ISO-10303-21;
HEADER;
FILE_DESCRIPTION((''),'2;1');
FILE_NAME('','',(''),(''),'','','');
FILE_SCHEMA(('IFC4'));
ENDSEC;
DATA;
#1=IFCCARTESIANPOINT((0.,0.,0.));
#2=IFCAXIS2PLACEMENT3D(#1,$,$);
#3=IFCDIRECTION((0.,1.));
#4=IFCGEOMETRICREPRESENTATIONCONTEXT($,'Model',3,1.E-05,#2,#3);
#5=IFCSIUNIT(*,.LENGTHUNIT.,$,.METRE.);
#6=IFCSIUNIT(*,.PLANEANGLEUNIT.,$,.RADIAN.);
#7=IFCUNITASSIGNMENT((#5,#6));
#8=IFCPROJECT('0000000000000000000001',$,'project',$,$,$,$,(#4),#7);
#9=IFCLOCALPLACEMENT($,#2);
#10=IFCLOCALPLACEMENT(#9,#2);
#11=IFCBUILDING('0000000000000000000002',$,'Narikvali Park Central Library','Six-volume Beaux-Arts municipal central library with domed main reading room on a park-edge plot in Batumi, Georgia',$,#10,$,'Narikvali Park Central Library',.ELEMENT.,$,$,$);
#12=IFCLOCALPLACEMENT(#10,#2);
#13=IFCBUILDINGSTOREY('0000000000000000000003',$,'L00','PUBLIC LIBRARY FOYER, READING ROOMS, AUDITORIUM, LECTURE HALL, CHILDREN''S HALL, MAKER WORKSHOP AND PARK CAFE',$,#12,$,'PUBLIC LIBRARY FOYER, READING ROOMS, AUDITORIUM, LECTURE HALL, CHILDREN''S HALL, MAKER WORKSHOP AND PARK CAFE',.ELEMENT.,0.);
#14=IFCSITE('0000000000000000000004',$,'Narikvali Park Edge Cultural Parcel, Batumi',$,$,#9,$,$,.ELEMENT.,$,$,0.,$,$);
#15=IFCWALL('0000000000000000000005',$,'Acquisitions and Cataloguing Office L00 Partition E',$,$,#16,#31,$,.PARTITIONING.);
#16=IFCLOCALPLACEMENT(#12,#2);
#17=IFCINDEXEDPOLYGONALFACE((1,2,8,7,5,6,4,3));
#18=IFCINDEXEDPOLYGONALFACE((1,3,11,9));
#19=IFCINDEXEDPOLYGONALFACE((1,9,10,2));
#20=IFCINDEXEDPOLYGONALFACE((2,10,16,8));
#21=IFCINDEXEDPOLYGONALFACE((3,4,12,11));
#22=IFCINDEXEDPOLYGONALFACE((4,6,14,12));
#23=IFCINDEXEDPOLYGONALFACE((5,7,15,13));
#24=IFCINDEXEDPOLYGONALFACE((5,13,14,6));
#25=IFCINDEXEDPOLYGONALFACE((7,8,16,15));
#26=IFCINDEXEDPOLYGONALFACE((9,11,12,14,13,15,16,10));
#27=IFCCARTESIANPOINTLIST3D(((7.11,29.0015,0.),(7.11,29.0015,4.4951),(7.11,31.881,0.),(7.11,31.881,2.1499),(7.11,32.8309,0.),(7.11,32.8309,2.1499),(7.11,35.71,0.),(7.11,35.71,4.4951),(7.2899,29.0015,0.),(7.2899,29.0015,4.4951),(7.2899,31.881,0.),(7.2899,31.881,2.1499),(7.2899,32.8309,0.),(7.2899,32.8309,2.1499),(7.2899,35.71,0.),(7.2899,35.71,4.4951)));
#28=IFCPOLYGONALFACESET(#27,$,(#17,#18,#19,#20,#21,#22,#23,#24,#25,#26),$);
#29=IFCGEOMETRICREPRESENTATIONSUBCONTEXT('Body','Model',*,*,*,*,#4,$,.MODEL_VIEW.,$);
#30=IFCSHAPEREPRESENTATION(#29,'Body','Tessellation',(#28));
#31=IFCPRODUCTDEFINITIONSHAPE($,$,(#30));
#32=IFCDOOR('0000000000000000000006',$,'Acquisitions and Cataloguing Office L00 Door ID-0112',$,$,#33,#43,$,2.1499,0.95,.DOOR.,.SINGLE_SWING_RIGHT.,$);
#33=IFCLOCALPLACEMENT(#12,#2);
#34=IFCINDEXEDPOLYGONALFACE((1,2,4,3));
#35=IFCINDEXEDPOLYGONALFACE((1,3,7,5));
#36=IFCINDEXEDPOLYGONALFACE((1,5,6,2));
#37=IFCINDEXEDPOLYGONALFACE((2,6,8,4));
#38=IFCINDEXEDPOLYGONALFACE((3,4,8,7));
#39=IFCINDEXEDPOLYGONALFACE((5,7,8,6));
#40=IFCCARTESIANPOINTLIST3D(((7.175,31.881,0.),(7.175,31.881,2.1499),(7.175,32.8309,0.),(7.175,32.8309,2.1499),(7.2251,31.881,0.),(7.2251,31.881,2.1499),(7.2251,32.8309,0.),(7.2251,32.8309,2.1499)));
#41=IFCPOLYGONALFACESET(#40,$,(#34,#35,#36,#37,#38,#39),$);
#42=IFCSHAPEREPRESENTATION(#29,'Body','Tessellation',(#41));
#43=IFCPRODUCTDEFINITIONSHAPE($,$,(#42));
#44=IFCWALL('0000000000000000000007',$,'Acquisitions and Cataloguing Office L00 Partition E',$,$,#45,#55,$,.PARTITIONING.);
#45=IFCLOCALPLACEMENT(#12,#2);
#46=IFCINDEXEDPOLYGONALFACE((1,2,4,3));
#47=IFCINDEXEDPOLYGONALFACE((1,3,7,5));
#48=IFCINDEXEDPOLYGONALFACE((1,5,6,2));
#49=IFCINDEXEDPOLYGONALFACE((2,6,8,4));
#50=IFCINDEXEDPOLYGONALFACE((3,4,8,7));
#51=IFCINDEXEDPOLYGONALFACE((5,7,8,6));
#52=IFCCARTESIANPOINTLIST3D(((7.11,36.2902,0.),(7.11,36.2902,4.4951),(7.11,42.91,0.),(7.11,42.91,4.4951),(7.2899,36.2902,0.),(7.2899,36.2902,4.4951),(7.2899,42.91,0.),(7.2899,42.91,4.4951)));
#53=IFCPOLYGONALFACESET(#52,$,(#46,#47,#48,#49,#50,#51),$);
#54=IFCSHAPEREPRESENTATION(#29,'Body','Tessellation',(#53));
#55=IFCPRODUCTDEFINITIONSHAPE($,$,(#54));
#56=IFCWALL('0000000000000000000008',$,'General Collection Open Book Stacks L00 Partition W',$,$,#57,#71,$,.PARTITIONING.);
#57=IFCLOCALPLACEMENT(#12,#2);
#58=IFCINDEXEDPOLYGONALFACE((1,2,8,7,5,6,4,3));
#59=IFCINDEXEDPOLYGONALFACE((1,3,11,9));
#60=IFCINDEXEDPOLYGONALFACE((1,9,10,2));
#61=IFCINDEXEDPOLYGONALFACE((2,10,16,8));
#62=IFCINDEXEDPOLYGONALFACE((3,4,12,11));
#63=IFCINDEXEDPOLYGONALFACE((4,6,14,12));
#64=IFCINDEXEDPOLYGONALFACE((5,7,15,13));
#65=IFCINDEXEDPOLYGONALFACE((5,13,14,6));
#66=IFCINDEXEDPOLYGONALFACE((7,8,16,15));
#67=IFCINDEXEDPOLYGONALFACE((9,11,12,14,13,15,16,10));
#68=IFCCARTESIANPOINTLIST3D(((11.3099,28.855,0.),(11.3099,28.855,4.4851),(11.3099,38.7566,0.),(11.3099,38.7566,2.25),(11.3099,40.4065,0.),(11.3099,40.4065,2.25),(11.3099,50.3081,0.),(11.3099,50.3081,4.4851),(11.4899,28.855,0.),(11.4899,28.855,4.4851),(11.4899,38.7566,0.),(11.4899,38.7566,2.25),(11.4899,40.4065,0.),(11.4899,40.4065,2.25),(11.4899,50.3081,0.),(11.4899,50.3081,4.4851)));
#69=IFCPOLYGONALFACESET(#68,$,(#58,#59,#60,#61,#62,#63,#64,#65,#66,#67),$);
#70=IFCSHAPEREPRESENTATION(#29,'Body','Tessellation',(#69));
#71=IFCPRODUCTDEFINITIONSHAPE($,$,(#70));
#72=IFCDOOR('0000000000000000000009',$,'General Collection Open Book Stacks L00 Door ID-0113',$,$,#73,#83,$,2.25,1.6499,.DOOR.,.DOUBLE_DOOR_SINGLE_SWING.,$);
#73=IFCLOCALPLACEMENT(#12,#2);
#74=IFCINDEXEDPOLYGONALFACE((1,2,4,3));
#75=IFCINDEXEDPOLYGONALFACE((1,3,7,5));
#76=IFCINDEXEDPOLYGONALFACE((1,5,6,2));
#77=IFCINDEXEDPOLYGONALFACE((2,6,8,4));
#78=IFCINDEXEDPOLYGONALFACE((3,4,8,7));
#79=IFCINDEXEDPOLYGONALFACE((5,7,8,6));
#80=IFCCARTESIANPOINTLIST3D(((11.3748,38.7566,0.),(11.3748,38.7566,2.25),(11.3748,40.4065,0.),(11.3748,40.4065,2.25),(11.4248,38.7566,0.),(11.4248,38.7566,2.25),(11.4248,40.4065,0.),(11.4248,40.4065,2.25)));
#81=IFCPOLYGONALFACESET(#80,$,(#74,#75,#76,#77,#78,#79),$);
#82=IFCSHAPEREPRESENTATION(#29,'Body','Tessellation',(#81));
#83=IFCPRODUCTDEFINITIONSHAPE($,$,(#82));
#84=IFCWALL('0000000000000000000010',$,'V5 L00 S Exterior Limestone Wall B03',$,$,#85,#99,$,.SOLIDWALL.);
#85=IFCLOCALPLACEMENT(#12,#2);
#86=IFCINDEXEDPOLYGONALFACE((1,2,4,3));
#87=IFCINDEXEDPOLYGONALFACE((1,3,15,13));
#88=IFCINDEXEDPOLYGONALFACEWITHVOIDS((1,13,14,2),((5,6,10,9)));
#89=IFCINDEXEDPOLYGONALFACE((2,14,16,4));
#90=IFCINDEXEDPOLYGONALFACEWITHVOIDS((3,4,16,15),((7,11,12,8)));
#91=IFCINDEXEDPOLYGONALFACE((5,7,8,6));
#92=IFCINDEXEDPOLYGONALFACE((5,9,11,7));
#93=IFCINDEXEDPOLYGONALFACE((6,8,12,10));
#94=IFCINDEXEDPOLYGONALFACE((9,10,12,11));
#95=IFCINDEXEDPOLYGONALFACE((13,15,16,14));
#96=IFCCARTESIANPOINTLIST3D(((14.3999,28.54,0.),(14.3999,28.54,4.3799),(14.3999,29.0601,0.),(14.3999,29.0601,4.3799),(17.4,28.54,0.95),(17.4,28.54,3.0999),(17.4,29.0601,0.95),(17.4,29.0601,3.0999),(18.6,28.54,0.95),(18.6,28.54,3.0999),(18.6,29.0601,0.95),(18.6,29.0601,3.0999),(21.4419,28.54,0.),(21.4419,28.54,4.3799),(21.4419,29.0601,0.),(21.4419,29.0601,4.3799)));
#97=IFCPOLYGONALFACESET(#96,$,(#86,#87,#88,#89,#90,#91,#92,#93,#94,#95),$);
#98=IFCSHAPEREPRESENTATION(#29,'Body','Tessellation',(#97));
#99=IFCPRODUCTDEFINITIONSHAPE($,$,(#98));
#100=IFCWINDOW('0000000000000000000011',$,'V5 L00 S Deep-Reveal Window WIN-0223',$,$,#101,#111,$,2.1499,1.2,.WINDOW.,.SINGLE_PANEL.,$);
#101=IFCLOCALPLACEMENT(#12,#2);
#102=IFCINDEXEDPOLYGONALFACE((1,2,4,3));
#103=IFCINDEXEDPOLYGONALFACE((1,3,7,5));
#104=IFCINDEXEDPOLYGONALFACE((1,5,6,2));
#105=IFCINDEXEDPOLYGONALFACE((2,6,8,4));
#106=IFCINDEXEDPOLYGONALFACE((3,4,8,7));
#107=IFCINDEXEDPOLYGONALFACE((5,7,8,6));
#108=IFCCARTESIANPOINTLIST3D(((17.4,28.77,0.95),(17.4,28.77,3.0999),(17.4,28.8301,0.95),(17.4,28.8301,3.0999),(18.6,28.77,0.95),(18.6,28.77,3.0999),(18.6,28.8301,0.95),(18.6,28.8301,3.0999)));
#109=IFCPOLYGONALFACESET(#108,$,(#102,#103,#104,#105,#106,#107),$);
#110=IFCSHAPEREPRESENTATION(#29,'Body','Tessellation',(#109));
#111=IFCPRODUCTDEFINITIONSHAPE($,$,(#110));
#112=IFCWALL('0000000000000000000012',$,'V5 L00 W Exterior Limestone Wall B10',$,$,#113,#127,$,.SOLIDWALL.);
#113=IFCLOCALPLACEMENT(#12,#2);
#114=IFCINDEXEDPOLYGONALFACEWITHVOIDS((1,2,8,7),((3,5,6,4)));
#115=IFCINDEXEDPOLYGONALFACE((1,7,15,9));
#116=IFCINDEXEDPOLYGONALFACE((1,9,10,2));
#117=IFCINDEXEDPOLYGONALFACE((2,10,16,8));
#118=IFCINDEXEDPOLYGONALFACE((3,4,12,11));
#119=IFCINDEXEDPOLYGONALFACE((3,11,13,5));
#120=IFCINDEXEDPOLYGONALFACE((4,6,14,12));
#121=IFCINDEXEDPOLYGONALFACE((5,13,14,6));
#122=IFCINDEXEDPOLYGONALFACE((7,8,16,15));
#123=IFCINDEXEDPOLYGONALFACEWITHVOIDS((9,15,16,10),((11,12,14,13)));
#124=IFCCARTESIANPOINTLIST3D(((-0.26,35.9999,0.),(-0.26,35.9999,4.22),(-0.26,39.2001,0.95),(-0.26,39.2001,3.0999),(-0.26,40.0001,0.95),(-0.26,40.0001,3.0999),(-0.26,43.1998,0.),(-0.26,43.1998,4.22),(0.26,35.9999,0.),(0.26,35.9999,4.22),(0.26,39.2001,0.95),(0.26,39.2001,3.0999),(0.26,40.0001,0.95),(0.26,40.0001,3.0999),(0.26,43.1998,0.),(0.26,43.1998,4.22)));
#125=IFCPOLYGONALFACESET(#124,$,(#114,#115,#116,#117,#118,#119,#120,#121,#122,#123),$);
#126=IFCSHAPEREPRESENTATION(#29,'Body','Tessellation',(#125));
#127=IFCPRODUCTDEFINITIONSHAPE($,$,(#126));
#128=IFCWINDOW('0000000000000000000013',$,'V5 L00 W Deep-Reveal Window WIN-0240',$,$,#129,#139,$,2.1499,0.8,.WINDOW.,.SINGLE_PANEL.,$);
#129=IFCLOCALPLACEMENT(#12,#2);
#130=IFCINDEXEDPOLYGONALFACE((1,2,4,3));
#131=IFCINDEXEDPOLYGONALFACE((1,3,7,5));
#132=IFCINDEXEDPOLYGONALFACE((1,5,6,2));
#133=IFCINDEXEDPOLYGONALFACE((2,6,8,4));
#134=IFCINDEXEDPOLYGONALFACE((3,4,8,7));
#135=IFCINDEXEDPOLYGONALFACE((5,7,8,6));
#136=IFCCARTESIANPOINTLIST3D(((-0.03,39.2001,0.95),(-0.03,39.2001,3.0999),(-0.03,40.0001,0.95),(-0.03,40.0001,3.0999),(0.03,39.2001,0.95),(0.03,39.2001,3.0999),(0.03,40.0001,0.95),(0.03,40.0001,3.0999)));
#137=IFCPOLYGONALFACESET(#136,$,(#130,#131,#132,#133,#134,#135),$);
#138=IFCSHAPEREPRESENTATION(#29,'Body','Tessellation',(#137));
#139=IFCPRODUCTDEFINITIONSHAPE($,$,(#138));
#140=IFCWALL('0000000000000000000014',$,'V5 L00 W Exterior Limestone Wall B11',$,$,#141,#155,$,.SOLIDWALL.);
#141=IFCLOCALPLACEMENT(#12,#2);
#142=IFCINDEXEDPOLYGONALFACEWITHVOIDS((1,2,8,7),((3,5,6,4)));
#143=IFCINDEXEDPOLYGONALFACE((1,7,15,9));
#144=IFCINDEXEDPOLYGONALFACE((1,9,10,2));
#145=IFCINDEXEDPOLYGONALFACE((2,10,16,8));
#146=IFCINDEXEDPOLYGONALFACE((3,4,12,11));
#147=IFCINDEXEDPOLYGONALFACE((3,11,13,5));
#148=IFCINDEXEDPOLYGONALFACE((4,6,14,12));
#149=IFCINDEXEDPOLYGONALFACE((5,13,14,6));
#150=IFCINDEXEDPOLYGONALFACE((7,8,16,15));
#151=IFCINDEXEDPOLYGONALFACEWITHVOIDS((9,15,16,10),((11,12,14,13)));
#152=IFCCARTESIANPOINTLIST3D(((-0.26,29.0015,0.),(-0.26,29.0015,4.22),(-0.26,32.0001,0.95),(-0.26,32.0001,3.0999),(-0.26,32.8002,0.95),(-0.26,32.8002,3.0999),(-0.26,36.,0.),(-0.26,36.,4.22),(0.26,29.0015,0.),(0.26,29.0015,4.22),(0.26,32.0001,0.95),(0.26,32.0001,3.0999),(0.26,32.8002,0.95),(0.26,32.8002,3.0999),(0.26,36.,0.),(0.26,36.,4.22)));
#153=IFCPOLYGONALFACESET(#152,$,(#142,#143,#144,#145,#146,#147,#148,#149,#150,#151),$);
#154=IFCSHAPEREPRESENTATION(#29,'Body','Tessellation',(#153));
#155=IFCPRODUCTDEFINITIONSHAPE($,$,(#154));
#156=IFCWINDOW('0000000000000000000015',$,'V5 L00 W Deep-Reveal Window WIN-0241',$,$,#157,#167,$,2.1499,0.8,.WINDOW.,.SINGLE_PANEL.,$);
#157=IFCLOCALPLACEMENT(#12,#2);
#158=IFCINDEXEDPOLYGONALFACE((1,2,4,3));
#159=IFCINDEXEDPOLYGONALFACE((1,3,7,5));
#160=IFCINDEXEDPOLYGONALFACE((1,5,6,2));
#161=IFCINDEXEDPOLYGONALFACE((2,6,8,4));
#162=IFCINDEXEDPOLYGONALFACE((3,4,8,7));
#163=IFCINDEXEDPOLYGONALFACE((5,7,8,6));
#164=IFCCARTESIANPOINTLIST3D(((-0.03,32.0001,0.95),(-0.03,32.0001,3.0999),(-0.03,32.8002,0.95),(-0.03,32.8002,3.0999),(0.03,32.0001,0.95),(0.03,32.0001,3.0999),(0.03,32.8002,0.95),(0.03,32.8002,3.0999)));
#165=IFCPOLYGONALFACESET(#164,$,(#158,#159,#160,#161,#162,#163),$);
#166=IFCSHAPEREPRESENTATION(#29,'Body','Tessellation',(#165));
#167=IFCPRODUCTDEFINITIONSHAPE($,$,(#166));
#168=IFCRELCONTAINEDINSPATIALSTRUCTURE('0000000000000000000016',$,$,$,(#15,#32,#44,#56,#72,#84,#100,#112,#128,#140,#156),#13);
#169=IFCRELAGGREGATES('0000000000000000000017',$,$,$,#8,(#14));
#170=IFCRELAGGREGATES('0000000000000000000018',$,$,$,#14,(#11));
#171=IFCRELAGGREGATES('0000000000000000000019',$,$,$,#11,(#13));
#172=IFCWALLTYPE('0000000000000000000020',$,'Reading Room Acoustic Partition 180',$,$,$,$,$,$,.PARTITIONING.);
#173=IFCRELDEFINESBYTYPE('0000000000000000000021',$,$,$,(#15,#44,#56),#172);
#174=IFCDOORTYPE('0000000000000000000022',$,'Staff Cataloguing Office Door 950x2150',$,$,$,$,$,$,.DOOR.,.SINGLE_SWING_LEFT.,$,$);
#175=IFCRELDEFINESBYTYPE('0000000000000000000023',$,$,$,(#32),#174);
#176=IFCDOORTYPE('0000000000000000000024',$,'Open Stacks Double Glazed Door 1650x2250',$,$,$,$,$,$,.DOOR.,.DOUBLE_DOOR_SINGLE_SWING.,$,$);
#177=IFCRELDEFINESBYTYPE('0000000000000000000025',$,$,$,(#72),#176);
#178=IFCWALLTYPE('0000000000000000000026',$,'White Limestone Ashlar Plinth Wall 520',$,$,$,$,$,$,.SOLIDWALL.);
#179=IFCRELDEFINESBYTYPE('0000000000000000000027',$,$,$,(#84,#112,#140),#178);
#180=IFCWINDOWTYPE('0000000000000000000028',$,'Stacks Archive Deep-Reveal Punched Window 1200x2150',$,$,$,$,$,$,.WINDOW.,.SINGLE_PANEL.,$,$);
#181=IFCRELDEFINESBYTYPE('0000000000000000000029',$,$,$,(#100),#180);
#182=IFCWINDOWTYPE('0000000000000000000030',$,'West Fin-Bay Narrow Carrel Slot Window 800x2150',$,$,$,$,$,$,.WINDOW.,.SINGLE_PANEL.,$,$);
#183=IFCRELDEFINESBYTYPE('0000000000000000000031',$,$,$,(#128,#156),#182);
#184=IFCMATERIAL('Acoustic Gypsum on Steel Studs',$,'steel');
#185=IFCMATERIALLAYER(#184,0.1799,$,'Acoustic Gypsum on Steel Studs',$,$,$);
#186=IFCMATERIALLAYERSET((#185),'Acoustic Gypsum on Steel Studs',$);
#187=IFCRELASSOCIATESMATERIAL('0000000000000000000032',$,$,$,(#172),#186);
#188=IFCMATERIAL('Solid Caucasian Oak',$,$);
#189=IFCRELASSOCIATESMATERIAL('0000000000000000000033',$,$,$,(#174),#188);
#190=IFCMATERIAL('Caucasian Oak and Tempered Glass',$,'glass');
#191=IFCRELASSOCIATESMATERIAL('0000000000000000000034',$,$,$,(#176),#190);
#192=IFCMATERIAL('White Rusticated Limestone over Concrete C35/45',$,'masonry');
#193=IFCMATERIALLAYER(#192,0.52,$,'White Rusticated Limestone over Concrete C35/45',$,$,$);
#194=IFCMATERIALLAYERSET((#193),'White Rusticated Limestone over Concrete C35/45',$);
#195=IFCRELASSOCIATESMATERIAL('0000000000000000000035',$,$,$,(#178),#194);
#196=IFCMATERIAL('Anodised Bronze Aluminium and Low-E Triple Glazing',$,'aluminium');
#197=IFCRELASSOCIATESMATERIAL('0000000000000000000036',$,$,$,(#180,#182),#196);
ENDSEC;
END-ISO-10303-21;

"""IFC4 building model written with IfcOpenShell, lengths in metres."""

from ifc_helpers import new_model, si_unit, direction, frame, frame_2d, origin, place, context, subcontext, project, spatial, rectangle, extrude, material, layer, layer_set, type_object, element, fill, save


model = new_model("IFC4")

# Units and contexts
model_context = context("Model", 3, precision=1e-05, world=origin(), true_north=direction((0.0, 1.0)))
body_context = subcontext(model_context, "Body", "Model", "MODEL_VIEW")
ifc_project = project(units=[si_unit("LENGTHUNIT", "METRE"), si_unit("PLANEANGLEUNIT", "RADIAN")], contexts=[model_context])

# Site, building, storey
site_placement = place(None, origin())
site = spatial("IfcSite", under=ifc_project, at=site_placement, Name="Narikvali Park Edge Cultural Parcel, Batumi", CompositionType="ELEMENT", RefElevation=0.0)
building_placement = place(site_placement, origin())
building = spatial("IfcBuilding", under=site, at=building_placement, Name="Narikvali Park Central Library", Description="Six-volume Beaux-Arts municipal central library with domed main reading room on a park-edge plot in Batumi, Georgia", LongName="Narikvali Park Central Library", CompositionType="ELEMENT")
storey_placement = place(building_placement, origin())
storey = spatial("IfcBuildingStorey", under=building, at=storey_placement, Name="L00", Description="PUBLIC LIBRARY FOYER, READING ROOMS, AUDITORIUM, LECTURE HALL, CHILDREN'S HALL, MAKER WORKSHOP AND PARK CAFE", LongName="PUBLIC LIBRARY FOYER, READING ROOMS, AUDITORIUM, LECTURE HALL, CHILDREN'S HALL, MAKER WORKSHOP AND PARK CAFE", CompositionType="ELEMENT", Elevation=0.0)

# Wall, opening, door
ifc_material_1 = material(Name="Acoustic Gypsum on Steel Studs", Category="steel")
ifc_layer_1 = layer(ifc_material_1, 0.1799, Name="Acoustic Gypsum on Steel Studs")
ifc_layer_set_1 = layer_set([ifc_layer_1], Name="Acoustic Gypsum on Steel Studs")
wall_type_1 = type_object("IfcWallType", Name="Reading Room Acoustic Partition 180", PredefinedType="PARTITIONING", material=ifc_layer_set_1)
wall_1_placement = place(storey_placement, frame((7.2, 29.0015, 0.0), z_axis=(0.0, 0.0, 1.0), x_axis=(0.0, 1.0, 0.0)))
wall_1 = element("IfcWall", 1, at=wall_1_placement, inside=storey, type_object=wall_type_1, Name="Acquisitions and Cataloguing Office L00 Partition E", PredefinedType="PARTITIONING", context=body_context, shape_type="SweptSolid", body=[
    extrude(rectangle(XDim=6.7085, YDim=0.1799, at=frame_2d((3.3542, 0.0))), origin(), (0.0, 0.0, 1.0), 4.4951),
])
opening_1_placement = place(wall_1_placement, frame((2.8794, 0.0, 0.0)))
opening_1 = element("IfcOpeningElement", 2, at=opening_1_placement, cuts=wall_1, PredefinedType="OPENING", context=body_context, shape_type="SweptSolid", body=[
    extrude(rectangle(XDim=0.95, YDim=2.1499, at=frame_2d((0.4751, 1.075))), frame((0.0, 0.1021, 0.0), z_axis=(0.0, -1.0, 0.0), x_axis=(1.0, 0.0, 0.0)), (0.0, 0.0, 1.0), 0.2039),
])
ifc_material_2 = material(Name="Solid Caucasian Oak")
door_type_1 = type_object("IfcDoorType", Name="Staff Cataloguing Office Door 950x2150", OperationType="SINGLE_SWING_LEFT", PredefinedType="DOOR", material=ifc_material_2)
door_1_placement = place(opening_1_placement, origin())
door_1 = element("IfcDoor", 3, at=door_1_placement, inside=storey, type_object=door_type_1, Name="Acquisitions and Cataloguing Office L00 Door ID-0112", OperationType="SINGLE_SWING_RIGHT", OverallHeight=2.1499, OverallWidth=0.95, PredefinedType="DOOR", context=body_context, shape_type="SweptSolid", body=[
    extrude(rectangle(XDim=0.95, YDim=2.1499, at=frame_2d((0.4751, 1.075))), frame((0.0, 0.0249, 0.0), z_axis=(0.0, -1.0, 0.0), x_axis=(1.0, 0.0, 0.0)), (0.0, 0.0, 1.0), 0.05),
])
fill(opening_1, door_1)

# Wall
wall_2_placement = place(storey_placement, frame((7.2, 36.29, 0.0), z_axis=(0.0, 0.0, 1.0), x_axis=(0.0, 1.0, 0.0)))
element("IfcWall", 4, at=wall_2_placement, inside=storey, type_object=wall_type_1, Name="Acquisitions and Cataloguing Office L00 Partition E", PredefinedType="PARTITIONING", context=body_context, shape_type="SweptSolid", body=[
    extrude(rectangle(XDim=6.6199, YDim=0.1799, at=frame_2d((3.3101, 0.0))), origin(), (0.0, 0.0, 1.0), 4.4951),
])

# Wall, opening, door
wall_3_placement = place(storey_placement, frame((11.3999, 28.855, 0.0), z_axis=(0.0, 0.0, 1.0), x_axis=(0.0, 1.0, 0.0)))
wall_3 = element("IfcWall", 5, at=wall_3_placement, inside=storey, type_object=wall_type_1, Name="General Collection Open Book Stacks L00 Partition W", PredefinedType="PARTITIONING", context=body_context, shape_type="SweptSolid", body=[
    extrude(rectangle(XDim=21.4531, YDim=0.1799, at=frame_2d((10.7266, 0.0))), origin(), (0.0, 0.0, 1.0), 4.4851),
])
opening_2_placement = place(wall_3_placement, frame((9.9016, 0.0, 0.0)))
opening_2 = element("IfcOpeningElement", 6, at=opening_2_placement, cuts=wall_3, PredefinedType="OPENING", context=body_context, shape_type="SweptSolid", body=[
    extrude(rectangle(XDim=1.6499, YDim=2.25, at=frame_2d((0.825, 1.125))), frame((0.0, 0.1021, 0.0), z_axis=(0.0, -1.0, 0.0), x_axis=(1.0, 0.0, 0.0)), (0.0, 0.0, 1.0), 0.2039),
])
ifc_material_3 = material(Name="Caucasian Oak and Tempered Glass", Category="glass")
door_type_2 = type_object("IfcDoorType", Name="Open Stacks Double Glazed Door 1650x2250", OperationType="DOUBLE_DOOR_SINGLE_SWING", PredefinedType="DOOR", material=ifc_material_3)
door_2_placement = place(opening_2_placement, frame((1.6499, 0.0, 0.0), z_axis=(0.0, 0.0, 1.0), x_axis=(-1.0, 0.0, 0.0)))
door_2 = element("IfcDoor", 7, at=door_2_placement, inside=storey, type_object=door_type_2, Name="General Collection Open Book Stacks L00 Door ID-0113", OperationType="DOUBLE_DOOR_SINGLE_SWING", OverallHeight=2.25, OverallWidth=1.6499, PredefinedType="DOOR", context=body_context, shape_type="SweptSolid", body=[
    extrude(rectangle(XDim=1.6499, YDim=2.25, at=frame_2d((0.825, 1.125))), frame((0.0, 0.0249, 0.0), z_axis=(0.0, -1.0, 0.0), x_axis=(1.0, 0.0, 0.0)), (0.0, 0.0, 1.0), 0.05),
])
fill(opening_2, door_2)

# Walls, openings, windows
ifc_material_4 = material(Name="White Rusticated Limestone over Concrete C35/45", Category="masonry")
ifc_layer_2 = layer(ifc_material_4, 0.52, Name="White Rusticated Limestone over Concrete C35/45")
ifc_layer_set_2 = layer_set([ifc_layer_2], Name="White Rusticated Limestone over Concrete C35/45")
wall_type_2 = type_object("IfcWallType", Name="White Limestone Ashlar Plinth Wall 520", PredefinedType="SOLIDWALL", material=ifc_layer_set_2)
wall_4_placement = place(storey_placement, frame((14.3999, 28.8, 0.0), z_axis=(0.0, 0.0, 1.0), x_axis=(1.0, 0.0, 0.0)))
wall_4 = element("IfcWall", 8, at=wall_4_placement, inside=storey, type_object=wall_type_2, Name="V5 L00 S Exterior Limestone Wall B03", PredefinedType="SOLIDWALL", context=body_context, shape_type="SweptSolid", body=[
    extrude(rectangle(XDim=7.042, YDim=0.52, at=frame_2d((3.521, 0.0))), origin(), (0.0, 0.0, 1.0), 4.3799),
])
opening_3_placement = place(wall_4_placement, frame((3.0, 0.0, 0.95)))
opening_3 = element("IfcOpeningElement", 9, at=opening_3_placement, cuts=wall_4, PredefinedType="OPENING", context=body_context, shape_type="SweptSolid", body=[
    extrude(rectangle(XDim=1.2, YDim=2.1499, at=frame_2d((0.6001, 1.075))), frame((0.0, 0.272, 0.0), z_axis=(0.0, -1.0, 0.0), x_axis=(1.0, 0.0, 0.0)), (0.0, 0.0, 1.0), 0.5439),
])
ifc_material_5 = material(Name="Anodised Bronze Aluminium and Low-E Triple Glazing", Category="aluminium")
window_type_1 = type_object("IfcWindowType", Name="Stacks Archive Deep-Reveal Punched Window 1200x2150", PartitioningType="SINGLE_PANEL", PredefinedType="WINDOW", material=ifc_material_5)
window_1_placement = place(opening_3_placement, origin())
window_1 = element("IfcWindow", 10, at=window_1_placement, inside=storey, type_object=window_type_1, Name="V5 L00 S Deep-Reveal Window WIN-0223", OverallHeight=2.1499, OverallWidth=1.2, PartitioningType="SINGLE_PANEL", PredefinedType="WINDOW", context=body_context, shape_type="SweptSolid", body=[
    extrude(rectangle(XDim=1.2, YDim=2.1499, at=frame_2d((0.6001, 1.075))), frame((0.0, 0.03, 0.0), z_axis=(0.0, -1.0, 0.0), x_axis=(1.0, 0.0, 0.0)), (0.0, 0.0, 1.0), 0.0601),
])
fill(opening_3, window_1)
wall_5_placement = place(storey_placement, frame((0.0, 43.2, 0.0), z_axis=(0.0, 0.0, 1.0), x_axis=(0.0, -1.0, 0.0)))
wall_5 = element("IfcWall", 11, at=wall_5_placement, inside=storey, type_object=wall_type_2, Name="V5 L00 W Exterior Limestone Wall B10", PredefinedType="SOLIDWALL", context=body_context, shape_type="SweptSolid", body=[
    extrude(rectangle(XDim=7.2, YDim=0.52, at=frame_2d((3.6001, 0.0))), origin(), (0.0, 0.0, 1.0), 4.22),
])
opening_4_placement = place(wall_5_placement, frame((3.2, 0.0, 0.95)))
opening_4 = element("IfcOpeningElement", 12, at=opening_4_placement, cuts=wall_5, PredefinedType="OPENING", context=body_context, shape_type="SweptSolid", body=[
    extrude(rectangle(XDim=0.8, YDim=2.1499, at=frame_2d((0.3999, 1.075))), frame((0.0, 0.272, 0.0), z_axis=(0.0, -1.0, 0.0), x_axis=(1.0, 0.0, 0.0)), (0.0, 0.0, 1.0), 0.5439),
])
window_type_2 = type_object("IfcWindowType", Name="West Fin-Bay Narrow Carrel Slot Window 800x2150", PartitioningType="SINGLE_PANEL", PredefinedType="WINDOW", material=ifc_material_5)
window_2_placement = place(opening_4_placement, origin())
window_2 = element("IfcWindow", 13, at=window_2_placement, inside=storey, type_object=window_type_2, Name="V5 L00 W Deep-Reveal Window WIN-0240", OverallHeight=2.1499, OverallWidth=0.8, PartitioningType="SINGLE_PANEL", PredefinedType="WINDOW", context=body_context, shape_type="SweptSolid", body=[
    extrude(rectangle(XDim=0.8, YDim=2.1499, at=frame_2d((0.3999, 1.075))), frame((0.0, 0.03, 0.0), z_axis=(0.0, -1.0, 0.0), x_axis=(1.0, 0.0, 0.0)), (0.0, 0.0, 1.0), 0.0601),
])
fill(opening_4, window_2)
wall_6_placement = place(storey_placement, frame((0.0, 36.0, 0.0), z_axis=(0.0, 0.0, 1.0), x_axis=(0.0, -1.0, 0.0)))
wall_6 = element("IfcWall", 14, at=wall_6_placement, inside=storey, type_object=wall_type_2, Name="V5 L00 W Exterior Limestone Wall B11", PredefinedType="SOLIDWALL", context=body_context, shape_type="SweptSolid", body=[
    extrude(rectangle(XDim=6.9985, YDim=0.52, at=frame_2d((3.4993, 0.0))), origin(), (0.0, 0.0, 1.0), 4.22),
])
opening_5_placement = place(wall_6_placement, frame((3.2, 0.0, 0.95)))
opening_5 = element("IfcOpeningElement", 15, at=opening_5_placement, cuts=wall_6, PredefinedType="OPENING", context=body_context, shape_type="SweptSolid", body=[
    extrude(rectangle(XDim=0.8, YDim=2.1499, at=frame_2d((0.3999, 1.075))), frame((0.0, 0.272, 0.0), z_axis=(0.0, -1.0, 0.0), x_axis=(1.0, 0.0, 0.0)), (0.0, 0.0, 1.0), 0.5439),
])
window_3_placement = place(opening_5_placement, origin())
window_3 = element("IfcWindow", 16, at=window_3_placement, inside=storey, type_object=window_type_2, Name="V5 L00 W Deep-Reveal Window WIN-0241", OverallHeight=2.1499, OverallWidth=0.8, PartitioningType="SINGLE_PANEL", PredefinedType="WINDOW", context=body_context, shape_type="SweptSolid", body=[
    extrude(rectangle(XDim=0.8, YDim=2.1499, at=frame_2d((0.3999, 1.075))), frame((0.0, 0.03, 0.0), z_axis=(0.0, -1.0, 0.0), x_axis=(1.0, 0.0, 0.0)), (0.0, 0.0, 1.0), 0.0601),
])
fill(opening_5, window_3)

save(model, "model.ifc")
